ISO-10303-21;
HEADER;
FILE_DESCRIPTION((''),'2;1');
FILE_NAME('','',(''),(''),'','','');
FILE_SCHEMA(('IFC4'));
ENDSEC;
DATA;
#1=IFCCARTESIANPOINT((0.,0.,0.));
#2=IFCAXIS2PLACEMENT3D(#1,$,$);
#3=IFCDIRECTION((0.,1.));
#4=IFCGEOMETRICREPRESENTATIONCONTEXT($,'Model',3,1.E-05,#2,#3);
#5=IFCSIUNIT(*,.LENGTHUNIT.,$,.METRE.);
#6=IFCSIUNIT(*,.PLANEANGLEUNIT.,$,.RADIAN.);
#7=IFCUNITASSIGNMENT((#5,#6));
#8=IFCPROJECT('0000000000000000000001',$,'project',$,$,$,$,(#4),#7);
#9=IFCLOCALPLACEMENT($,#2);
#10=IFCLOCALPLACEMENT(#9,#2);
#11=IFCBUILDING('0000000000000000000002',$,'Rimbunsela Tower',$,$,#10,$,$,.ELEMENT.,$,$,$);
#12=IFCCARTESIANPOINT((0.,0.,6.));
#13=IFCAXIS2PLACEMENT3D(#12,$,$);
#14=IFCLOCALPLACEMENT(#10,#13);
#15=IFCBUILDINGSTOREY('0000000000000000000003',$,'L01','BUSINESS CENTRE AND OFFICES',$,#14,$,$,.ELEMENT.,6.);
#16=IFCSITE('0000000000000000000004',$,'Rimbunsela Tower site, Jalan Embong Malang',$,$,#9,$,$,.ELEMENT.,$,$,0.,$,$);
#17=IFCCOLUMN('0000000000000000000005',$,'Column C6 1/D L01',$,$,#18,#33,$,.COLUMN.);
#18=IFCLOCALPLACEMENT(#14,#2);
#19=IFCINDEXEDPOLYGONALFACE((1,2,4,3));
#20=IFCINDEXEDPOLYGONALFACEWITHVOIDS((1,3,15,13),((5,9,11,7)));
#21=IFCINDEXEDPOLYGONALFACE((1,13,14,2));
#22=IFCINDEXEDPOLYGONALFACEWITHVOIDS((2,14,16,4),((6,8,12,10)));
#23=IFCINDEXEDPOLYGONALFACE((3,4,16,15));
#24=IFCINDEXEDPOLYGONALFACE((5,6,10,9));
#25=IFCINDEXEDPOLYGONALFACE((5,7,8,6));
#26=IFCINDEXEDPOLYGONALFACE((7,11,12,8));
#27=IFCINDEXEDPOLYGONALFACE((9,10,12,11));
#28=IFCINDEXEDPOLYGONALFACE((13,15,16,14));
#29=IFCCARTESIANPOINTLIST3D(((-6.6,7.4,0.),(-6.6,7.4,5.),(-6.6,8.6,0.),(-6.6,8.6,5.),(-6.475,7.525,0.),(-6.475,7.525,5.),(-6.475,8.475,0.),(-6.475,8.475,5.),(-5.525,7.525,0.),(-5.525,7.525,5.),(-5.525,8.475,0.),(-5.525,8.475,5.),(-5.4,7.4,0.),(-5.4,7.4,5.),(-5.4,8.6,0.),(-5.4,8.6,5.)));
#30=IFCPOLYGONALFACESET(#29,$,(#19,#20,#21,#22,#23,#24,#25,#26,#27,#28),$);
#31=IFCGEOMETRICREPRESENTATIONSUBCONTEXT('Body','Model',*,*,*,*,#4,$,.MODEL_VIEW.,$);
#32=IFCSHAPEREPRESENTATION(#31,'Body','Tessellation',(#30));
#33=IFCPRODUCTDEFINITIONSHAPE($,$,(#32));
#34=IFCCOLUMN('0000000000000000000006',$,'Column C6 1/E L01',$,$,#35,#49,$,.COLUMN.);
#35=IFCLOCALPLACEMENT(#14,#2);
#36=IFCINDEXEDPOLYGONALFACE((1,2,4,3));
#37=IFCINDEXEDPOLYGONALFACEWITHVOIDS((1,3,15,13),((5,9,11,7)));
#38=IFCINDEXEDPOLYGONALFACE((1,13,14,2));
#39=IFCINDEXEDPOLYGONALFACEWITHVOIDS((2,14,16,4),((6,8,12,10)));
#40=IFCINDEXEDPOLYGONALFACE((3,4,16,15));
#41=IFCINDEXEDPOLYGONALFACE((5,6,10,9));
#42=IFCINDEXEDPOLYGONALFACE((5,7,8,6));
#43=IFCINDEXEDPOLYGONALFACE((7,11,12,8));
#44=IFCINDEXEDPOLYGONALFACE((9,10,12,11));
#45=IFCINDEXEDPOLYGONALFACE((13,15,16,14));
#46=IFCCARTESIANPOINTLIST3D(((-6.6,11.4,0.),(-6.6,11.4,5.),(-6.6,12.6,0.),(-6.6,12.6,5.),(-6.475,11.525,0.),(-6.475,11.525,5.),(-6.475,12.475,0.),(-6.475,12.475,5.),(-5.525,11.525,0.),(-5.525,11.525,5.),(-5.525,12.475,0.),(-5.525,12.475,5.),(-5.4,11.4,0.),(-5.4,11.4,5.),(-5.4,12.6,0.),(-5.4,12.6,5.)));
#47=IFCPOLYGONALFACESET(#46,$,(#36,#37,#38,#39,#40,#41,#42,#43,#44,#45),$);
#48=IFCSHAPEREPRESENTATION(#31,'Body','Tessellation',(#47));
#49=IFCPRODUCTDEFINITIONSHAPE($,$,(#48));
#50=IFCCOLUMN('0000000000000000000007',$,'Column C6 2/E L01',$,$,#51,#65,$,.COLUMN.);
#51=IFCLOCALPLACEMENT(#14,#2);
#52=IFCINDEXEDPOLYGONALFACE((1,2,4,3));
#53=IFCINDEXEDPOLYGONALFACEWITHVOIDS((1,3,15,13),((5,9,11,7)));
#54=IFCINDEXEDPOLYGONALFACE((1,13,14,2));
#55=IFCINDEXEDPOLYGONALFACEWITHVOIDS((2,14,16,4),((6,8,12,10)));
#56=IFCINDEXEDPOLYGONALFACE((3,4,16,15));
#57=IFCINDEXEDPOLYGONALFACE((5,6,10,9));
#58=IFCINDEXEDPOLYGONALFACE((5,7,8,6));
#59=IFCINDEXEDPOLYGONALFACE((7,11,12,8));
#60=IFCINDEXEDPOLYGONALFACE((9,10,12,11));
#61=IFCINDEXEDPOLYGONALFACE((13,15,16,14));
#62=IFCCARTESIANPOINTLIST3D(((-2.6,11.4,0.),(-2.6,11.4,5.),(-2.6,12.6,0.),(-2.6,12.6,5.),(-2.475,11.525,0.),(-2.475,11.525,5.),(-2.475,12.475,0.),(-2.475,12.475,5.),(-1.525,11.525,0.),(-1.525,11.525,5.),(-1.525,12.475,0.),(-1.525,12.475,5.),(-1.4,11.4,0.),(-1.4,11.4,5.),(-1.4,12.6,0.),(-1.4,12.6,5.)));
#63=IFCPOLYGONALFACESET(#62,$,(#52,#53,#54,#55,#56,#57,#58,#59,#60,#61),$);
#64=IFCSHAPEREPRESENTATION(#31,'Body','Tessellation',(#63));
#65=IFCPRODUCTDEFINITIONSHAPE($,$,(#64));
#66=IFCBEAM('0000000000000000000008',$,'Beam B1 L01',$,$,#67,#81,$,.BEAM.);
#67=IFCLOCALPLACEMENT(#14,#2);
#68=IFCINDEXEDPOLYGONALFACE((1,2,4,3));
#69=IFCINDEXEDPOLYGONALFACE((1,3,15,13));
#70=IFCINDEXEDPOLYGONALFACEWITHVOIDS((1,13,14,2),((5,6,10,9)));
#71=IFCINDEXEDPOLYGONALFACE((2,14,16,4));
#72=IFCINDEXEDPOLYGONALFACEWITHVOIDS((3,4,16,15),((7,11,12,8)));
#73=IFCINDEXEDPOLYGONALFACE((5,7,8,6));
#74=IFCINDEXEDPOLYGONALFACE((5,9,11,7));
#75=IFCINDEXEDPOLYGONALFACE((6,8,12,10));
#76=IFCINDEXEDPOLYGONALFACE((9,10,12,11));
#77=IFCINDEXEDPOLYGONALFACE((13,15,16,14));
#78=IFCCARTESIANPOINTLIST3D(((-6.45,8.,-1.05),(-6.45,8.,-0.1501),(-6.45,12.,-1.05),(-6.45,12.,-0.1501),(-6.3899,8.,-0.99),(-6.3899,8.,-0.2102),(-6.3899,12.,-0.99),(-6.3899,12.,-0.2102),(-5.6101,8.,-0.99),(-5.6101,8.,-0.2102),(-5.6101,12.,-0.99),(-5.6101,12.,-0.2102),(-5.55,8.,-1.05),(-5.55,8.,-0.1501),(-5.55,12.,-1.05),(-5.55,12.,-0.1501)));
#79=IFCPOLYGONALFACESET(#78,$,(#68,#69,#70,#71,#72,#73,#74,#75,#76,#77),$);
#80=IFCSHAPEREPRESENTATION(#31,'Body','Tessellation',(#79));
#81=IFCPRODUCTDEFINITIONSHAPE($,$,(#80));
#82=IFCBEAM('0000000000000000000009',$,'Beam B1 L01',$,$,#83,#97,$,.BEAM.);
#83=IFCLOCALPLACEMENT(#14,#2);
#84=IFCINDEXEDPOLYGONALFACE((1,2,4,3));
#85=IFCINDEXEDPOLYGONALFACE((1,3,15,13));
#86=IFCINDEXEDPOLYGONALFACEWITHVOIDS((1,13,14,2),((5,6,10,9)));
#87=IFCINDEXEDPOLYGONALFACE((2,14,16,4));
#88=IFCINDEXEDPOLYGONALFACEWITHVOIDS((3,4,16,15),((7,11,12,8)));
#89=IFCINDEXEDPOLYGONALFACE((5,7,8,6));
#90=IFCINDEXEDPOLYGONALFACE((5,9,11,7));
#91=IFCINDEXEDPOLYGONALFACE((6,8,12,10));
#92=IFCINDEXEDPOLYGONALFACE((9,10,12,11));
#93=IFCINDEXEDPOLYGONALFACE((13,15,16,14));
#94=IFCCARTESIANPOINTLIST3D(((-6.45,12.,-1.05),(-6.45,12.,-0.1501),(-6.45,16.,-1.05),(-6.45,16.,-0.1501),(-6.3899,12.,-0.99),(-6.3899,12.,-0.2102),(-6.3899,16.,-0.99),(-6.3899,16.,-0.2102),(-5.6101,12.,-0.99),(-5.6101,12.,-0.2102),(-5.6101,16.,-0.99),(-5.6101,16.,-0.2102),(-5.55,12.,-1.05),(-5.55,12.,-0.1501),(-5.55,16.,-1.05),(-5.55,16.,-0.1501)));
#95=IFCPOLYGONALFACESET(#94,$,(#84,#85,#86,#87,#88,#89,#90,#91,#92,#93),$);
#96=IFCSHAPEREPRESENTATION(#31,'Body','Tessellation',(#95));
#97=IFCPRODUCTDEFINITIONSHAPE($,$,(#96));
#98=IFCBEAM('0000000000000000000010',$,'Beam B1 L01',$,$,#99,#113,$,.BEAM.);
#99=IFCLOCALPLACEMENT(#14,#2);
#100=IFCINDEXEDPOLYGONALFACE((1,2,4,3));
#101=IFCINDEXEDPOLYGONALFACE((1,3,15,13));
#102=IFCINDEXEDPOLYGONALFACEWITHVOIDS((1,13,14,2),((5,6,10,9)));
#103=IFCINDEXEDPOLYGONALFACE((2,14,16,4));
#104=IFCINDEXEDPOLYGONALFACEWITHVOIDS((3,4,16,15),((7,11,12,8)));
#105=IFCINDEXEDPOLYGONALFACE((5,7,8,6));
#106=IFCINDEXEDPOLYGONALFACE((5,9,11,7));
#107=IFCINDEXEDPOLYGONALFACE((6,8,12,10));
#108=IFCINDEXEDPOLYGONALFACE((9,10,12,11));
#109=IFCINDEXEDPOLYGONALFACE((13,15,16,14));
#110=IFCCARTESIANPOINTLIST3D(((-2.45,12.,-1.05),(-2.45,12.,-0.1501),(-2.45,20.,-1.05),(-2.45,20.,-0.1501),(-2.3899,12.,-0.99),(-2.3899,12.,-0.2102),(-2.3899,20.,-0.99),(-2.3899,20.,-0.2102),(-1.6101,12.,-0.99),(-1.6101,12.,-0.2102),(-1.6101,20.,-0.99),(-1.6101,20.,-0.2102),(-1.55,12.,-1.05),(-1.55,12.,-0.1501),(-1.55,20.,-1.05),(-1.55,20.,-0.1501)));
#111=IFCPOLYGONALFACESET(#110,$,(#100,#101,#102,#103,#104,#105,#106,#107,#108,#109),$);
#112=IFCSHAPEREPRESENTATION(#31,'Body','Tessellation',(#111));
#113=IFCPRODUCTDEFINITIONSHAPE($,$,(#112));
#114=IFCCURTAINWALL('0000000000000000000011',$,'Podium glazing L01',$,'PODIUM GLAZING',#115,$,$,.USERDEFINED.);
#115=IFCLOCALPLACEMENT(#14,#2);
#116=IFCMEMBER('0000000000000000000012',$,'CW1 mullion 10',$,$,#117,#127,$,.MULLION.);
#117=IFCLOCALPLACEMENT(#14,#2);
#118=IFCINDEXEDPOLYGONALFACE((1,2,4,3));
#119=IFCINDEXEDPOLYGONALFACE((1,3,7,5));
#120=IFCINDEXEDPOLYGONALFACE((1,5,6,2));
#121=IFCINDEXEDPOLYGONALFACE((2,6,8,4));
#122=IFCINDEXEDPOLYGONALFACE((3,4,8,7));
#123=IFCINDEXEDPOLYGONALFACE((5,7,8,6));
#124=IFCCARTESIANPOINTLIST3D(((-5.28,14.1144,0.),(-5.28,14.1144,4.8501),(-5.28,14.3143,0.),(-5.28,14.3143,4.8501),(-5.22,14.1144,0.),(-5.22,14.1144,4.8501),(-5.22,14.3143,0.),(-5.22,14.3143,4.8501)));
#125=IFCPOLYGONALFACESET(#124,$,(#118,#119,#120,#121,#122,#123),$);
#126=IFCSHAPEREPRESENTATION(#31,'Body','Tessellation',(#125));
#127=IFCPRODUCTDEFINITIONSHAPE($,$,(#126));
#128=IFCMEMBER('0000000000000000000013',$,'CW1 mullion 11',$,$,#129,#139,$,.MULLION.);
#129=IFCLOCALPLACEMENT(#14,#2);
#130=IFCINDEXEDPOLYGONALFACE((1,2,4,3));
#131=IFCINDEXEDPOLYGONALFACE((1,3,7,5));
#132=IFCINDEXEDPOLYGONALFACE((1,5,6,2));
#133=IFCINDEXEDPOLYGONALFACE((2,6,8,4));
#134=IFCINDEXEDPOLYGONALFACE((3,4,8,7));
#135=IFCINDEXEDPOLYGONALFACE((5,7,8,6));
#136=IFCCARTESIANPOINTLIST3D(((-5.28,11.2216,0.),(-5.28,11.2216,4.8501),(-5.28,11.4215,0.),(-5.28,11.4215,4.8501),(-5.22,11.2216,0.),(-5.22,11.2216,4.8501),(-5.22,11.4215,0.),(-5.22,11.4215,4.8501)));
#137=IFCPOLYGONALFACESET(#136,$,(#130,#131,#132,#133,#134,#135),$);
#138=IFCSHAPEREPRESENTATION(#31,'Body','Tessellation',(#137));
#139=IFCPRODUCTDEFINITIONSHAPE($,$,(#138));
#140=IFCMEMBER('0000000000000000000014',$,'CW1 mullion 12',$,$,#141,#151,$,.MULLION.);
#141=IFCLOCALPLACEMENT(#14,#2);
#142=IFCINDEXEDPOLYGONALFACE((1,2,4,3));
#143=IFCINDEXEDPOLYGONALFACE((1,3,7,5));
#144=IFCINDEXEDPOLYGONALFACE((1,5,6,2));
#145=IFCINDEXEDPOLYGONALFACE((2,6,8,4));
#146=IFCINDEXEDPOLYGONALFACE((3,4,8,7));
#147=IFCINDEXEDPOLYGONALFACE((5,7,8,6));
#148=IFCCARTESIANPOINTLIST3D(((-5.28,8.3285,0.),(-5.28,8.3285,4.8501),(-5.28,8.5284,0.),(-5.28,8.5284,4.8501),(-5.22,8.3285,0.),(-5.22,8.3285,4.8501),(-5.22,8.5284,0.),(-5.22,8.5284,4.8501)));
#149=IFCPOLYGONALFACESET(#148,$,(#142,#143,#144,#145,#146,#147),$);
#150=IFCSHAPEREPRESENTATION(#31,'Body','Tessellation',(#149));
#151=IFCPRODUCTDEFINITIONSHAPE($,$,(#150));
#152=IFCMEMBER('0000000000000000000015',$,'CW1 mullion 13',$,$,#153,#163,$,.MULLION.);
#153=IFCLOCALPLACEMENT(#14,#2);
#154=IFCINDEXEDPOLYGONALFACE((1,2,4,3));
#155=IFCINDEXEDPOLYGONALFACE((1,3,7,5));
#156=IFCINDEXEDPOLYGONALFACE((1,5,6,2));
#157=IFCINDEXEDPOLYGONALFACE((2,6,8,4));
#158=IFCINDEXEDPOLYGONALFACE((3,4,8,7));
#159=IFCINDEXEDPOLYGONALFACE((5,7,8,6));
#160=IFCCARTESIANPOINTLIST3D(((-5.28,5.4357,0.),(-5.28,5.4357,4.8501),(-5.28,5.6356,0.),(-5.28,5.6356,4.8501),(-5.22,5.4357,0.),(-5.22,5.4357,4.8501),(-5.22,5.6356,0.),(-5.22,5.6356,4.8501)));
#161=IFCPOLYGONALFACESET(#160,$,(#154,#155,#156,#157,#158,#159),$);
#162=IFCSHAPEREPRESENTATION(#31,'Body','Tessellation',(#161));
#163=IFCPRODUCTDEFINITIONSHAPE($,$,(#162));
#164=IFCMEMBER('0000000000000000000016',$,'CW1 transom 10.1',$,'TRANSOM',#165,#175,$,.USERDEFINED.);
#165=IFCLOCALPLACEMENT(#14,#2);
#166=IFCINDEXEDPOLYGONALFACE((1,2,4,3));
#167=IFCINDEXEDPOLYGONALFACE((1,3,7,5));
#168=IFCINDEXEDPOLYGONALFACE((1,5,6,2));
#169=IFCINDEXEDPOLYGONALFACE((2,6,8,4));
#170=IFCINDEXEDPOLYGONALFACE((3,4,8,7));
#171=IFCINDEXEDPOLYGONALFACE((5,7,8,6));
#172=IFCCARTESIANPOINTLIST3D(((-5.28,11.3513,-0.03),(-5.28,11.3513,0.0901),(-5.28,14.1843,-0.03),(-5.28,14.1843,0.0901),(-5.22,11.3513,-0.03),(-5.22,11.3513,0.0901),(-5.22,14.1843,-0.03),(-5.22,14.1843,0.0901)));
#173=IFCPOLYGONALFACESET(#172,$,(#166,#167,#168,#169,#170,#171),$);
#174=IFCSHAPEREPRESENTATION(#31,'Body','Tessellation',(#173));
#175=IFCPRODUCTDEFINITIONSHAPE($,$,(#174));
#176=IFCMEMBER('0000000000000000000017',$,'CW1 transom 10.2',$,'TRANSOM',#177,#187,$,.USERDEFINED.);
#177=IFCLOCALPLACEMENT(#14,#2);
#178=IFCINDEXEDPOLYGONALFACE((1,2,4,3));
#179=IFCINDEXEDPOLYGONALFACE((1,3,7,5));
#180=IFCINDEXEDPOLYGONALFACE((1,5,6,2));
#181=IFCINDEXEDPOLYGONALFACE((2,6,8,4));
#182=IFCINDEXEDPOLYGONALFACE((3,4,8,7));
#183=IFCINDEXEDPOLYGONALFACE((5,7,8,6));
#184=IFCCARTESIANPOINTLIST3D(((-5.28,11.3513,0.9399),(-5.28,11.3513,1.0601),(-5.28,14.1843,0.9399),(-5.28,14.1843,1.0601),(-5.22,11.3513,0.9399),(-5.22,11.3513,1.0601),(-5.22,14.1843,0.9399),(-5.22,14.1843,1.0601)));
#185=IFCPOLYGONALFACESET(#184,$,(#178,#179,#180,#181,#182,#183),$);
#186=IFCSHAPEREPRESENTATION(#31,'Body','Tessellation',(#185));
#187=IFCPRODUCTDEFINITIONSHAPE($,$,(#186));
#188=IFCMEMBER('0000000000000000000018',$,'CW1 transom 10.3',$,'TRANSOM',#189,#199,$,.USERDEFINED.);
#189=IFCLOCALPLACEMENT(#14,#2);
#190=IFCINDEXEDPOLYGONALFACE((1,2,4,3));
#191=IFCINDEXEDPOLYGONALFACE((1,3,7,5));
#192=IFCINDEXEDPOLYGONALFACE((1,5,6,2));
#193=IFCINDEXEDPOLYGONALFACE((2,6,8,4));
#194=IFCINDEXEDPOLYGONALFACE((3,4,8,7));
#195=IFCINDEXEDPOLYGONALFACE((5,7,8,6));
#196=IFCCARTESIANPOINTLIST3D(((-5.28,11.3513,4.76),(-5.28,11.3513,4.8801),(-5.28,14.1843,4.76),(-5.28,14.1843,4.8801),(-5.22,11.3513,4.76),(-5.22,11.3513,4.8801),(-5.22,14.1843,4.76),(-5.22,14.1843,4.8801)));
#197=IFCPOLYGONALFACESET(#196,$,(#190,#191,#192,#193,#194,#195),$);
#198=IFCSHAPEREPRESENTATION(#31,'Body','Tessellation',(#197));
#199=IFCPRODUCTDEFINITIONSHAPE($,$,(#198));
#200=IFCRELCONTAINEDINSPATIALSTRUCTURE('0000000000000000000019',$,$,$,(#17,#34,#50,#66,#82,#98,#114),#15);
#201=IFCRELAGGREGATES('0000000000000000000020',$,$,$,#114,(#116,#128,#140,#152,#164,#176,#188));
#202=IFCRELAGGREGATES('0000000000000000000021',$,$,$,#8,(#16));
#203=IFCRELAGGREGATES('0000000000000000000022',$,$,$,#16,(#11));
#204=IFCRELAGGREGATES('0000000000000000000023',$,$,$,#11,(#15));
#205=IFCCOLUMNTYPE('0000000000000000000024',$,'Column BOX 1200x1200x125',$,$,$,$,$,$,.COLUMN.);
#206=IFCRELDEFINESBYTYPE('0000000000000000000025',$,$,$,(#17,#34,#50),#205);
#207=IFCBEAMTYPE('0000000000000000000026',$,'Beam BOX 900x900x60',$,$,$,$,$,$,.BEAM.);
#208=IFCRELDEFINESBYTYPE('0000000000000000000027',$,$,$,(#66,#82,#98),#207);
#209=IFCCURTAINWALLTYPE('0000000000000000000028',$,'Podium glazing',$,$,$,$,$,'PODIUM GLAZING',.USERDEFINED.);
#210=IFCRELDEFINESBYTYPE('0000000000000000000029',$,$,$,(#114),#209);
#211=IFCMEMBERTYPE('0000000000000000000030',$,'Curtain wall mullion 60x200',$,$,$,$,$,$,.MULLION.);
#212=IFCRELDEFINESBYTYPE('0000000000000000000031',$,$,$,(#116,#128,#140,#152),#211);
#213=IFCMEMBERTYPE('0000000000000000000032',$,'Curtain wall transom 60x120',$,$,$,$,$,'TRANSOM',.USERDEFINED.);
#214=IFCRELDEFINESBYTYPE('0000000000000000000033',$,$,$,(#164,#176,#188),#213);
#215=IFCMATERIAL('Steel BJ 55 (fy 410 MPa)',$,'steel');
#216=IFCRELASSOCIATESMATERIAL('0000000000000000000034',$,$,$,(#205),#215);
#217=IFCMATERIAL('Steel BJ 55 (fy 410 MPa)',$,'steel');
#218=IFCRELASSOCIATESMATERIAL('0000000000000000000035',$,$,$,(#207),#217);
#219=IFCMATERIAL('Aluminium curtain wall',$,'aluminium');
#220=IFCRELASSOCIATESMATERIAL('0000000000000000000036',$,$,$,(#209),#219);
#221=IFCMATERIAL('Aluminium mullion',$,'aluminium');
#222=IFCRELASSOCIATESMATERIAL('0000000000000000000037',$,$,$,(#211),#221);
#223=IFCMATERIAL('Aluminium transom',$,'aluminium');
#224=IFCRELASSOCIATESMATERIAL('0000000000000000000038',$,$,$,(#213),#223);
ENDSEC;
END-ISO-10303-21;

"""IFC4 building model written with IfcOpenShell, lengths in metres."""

from ifc_helpers import new_model, si_unit, direction, frame, origin, origin_2d, place, context, subcontext, project, spatial, rectangle, hollow_rectangle, extrude, material, material_profile, profile_set, type_object, element, aggregate, save


model = new_model("IFC4")

# Units and contexts
model_context = context("Model", 3, precision=1e-05, world=origin(), true_north=direction((0.0, 1.0)))
body_context = subcontext(model_context, "Body", "Model", "MODEL_VIEW")
ifc_project = project(units=[si_unit("LENGTHUNIT", "METRE"), si_unit("PLANEANGLEUNIT", "RADIAN")], contexts=[model_context])

# Site, building, storey
site_placement = place(None, origin())
site = spatial("IfcSite", under=ifc_project, at=site_placement, Name="Rimbunsela Tower site, Jalan Embong Malang", CompositionType="ELEMENT", RefElevation=0.0)
building_placement = place(site_placement, origin())
building = spatial("IfcBuilding", under=site, at=building_placement, Name="Rimbunsela Tower", CompositionType="ELEMENT")
storey_placement = place(building_placement, frame((0.0, 0.0, 6.0)))
storey = spatial("IfcBuildingStorey", under=building, at=storey_placement, Name="L01", Description="BUSINESS CENTRE AND OFFICES", CompositionType="ELEMENT", Elevation=6.0)

# Columns
ifc_material_1 = material(Name="Steel BJ 55 (fy 410 MPa)", Category="steel")
ifc_material_profile_1 = material_profile(ifc_material_1, hollow_rectangle(XDim=1.2, YDim=1.2, WallThickness=0.125, at=origin_2d()), Name="BOX 1200x1200x125")
ifc_profile_set_1 = profile_set([ifc_material_profile_1], Name="Steel BJ 55 (fy 410 MPa)")
column_type = type_object("IfcColumnType", Name="Column BOX 1200x1200x125", PredefinedType="COLUMN", material=ifc_profile_set_1)
for number, where, z_axis, x_axis, name in (
    (1, (-6.0, 8.0, 0.0), (0.0, 0.0, 1.0), (1.0, 0.0, 0.0), "Column C6 1/D L01"),
    (2, (-6.0, 12.0, 0.0), (0.0, 0.0, 1.0), (1.0, 0.0, 0.0), "Column C6 1/E L01"),
    (3, (-2.0, 12.0, 0.0), (0.0, 0.0, 1.0), (1.0, 0.0, 0.0), "Column C6 2/E L01"),
):
    element("IfcColumn", number, at=place(storey_placement, frame(where, z_axis=z_axis, x_axis=x_axis)), inside=storey, type_object=column_type, Name=name, PredefinedType="COLUMN", context=body_context, shape_type="SweptSolid", body=[
        extrude(hollow_rectangle(XDim=1.2, YDim=1.2, WallThickness=0.125, at=origin_2d()), origin(), (0.0, 0.0, 1.0), 5.0),
    ])

# Beams
ifc_material_2 = material(Name="Steel BJ 55 (fy 410 MPa)", Category="steel")
ifc_material_profile_2 = material_profile(ifc_material_2, hollow_rectangle(XDim=0.8999, YDim=0.8999, WallThickness=0.0601, at=origin_2d()), Name="BOX 900x900x60")
ifc_profile_set_2 = profile_set([ifc_material_profile_2], Name="Steel BJ 55 (fy 410 MPa)")
beam_type = type_object("IfcBeamType", Name="Beam BOX 900x900x60", PredefinedType="BEAM", material=ifc_profile_set_2)
for number, where, z_axis, x_axis, name in (
    (4, (-6.0, 8.0, -0.6001), (0.0, 1.0, 0.0), (-1.0, 0.0, 0.0), "Beam B1 L01"),
    (5, (-6.0, 12.0, -0.6001), (0.0, 1.0, 0.0), (-1.0, 0.0, 0.0), "Beam B1 L01"),
):
    element("IfcBeam", number, at=place(storey_placement, frame(where, z_axis=z_axis, x_axis=x_axis)), inside=storey, type_object=beam_type, Name=name, PredefinedType="BEAM", context=body_context, shape_type="SweptSolid", body=[
        extrude(hollow_rectangle(XDim=0.8999, YDim=0.8999, WallThickness=0.0601, at=origin_2d()), origin(), (0.0, 0.0, 1.0), 4.0),
    ])
beam_placement = place(storey_placement, frame((-2.0, 12.0, -0.6001), z_axis=(0.0, 1.0, 0.0), x_axis=(-1.0, 0.0, 0.0)))
element("IfcBeam", 6, at=beam_placement, inside=storey, type_object=beam_type, Name="Beam B1 L01", PredefinedType="BEAM", context=body_context, shape_type="SweptSolid", body=[
    extrude(hollow_rectangle(XDim=0.8999, YDim=0.8999, WallThickness=0.0601, at=origin_2d()), origin(), (0.0, 0.0, 1.0), 8.0),
])

# Curtain wall, members
ifc_material_3 = material(Name="Aluminium curtain wall", Category="aluminium")
curtain_wall_type = type_object("IfcCurtainWallType", Name="Podium glazing", ElementType="PODIUM GLAZING", PredefinedType="USERDEFINED", material=ifc_material_3)
curtain_wall_placement = place(storey_placement, origin())
curtain_wall = element("IfcCurtainWall", 7, at=curtain_wall_placement, inside=storey, type_object=curtain_wall_type, Name="Podium glazing L01", ObjectType="PODIUM GLAZING", PredefinedType="USERDEFINED")
ifc_material_4 = material(Name="Aluminium mullion", Category="aluminium")
ifc_material_profile_3 = material_profile(ifc_material_4, rectangle(XDim=0.0601, YDim=0.2, at=origin_2d()), Name="Mullion 60x200")
ifc_profile_set_3 = profile_set([ifc_material_profile_3], Name="Aluminium mullion")
member_type_1 = type_object("IfcMemberType", Name="Curtain wall mullion 60x200", PredefinedType="MULLION", material=ifc_profile_set_3)
member_1_placement = place(storey_placement, frame((-5.25, 14.2144, 0.0), z_axis=(0.0, 0.0, 1.0), x_axis=(1.0, 0.0, 0.0)))
member_1 = element("IfcMember", 8, at=member_1_placement, type_object=member_type_1, Name="CW1 mullion 10", PredefinedType="MULLION", context=body_context, shape_type="SweptSolid", body=[
    extrude(rectangle(XDim=0.0601, YDim=0.2, at=origin_2d()), origin(), (0.0, 0.0, 1.0), 4.8501),
])
member_2_placement = place(storey_placement, frame((-5.25, 11.3215, 0.0), z_axis=(0.0, 0.0, 1.0), x_axis=(1.0, 0.0, 0.0)))
member_2 = element("IfcMember", 9, at=member_2_placement, type_object=member_type_1, Name="CW1 mullion 11", PredefinedType="MULLION", context=body_context, shape_type="SweptSolid", body=[
    extrude(rectangle(XDim=0.0601, YDim=0.2, at=origin_2d()), origin(), (0.0, 0.0, 1.0), 4.8501),
])
member_3_placement = place(storey_placement, frame((-5.25, 8.4285, 0.0), z_axis=(0.0, 0.0, 1.0), x_axis=(1.0, 0.0, 0.0)))
member_3 = element("IfcMember", 10, at=member_3_placement, type_object=member_type_1, Name="CW1 mullion 12", PredefinedType="MULLION", context=body_context, shape_type="SweptSolid", body=[
    extrude(rectangle(XDim=0.0601, YDim=0.2, at=origin_2d()), origin(), (0.0, 0.0, 1.0), 4.8501),
])
member_4_placement = place(storey_placement, frame((-5.25, 5.5356, 0.0), z_axis=(0.0, 0.0, 1.0), x_axis=(1.0, 0.0, 0.0)))
member_4 = element("IfcMember", 11, at=member_4_placement, type_object=member_type_1, Name="CW1 mullion 13", PredefinedType="MULLION", context=body_context, shape_type="SweptSolid", body=[
    extrude(rectangle(XDim=0.0601, YDim=0.2, at=origin_2d()), origin(), (0.0, 0.0, 1.0), 4.8501),
])
ifc_material_5 = material(Name="Aluminium transom", Category="aluminium")
ifc_material_profile_4 = material_profile(ifc_material_5, rectangle(XDim=0.0601, YDim=0.1201, at=origin_2d()), Name="Transom 60x120")
ifc_profile_set_4 = profile_set([ifc_material_profile_4], Name="Aluminium transom")
member_type_2 = type_object("IfcMemberType", Name="Curtain wall transom 60x120", ElementType="TRANSOM", PredefinedType="USERDEFINED", material=ifc_profile_set_4)
member_5_placement = place(storey_placement, frame((-5.25, 14.1843, 0.03), z_axis=(0.0, -1.0, 0.0), x_axis=(1.0, 0.0, 0.0)))
member_5 = element("IfcMember", 12, at=member_5_placement, type_object=member_type_2, Name="CW1 transom 10.1", ObjectType="TRANSOM", PredefinedType="USERDEFINED", context=body_context, shape_type="SweptSolid", body=[
    extrude(rectangle(XDim=0.0601, YDim=0.1201, at=origin_2d()), origin(), (0.0, 0.0, 1.0), 2.833),
])
member_6_placement = place(storey_placement, frame((-5.25, 14.1843, 1.0), z_axis=(0.0, -1.0, 0.0), x_axis=(1.0, 0.0, 0.0)))
member_6 = element("IfcMember", 13, at=member_6_placement, type_object=member_type_2, Name="CW1 transom 10.2", ObjectType="TRANSOM", PredefinedType="USERDEFINED", context=body_context, shape_type="SweptSolid", body=[
    extrude(rectangle(XDim=0.0601, YDim=0.1201, at=origin_2d()), origin(), (0.0, 0.0, 1.0), 2.833),
])
member_7_placement = place(storey_placement, frame((-5.25, 14.1843, 4.8201), z_axis=(0.0, -1.0, 0.0), x_axis=(1.0, 0.0, 0.0)))
member_7 = element("IfcMember", 14, at=member_7_placement, type_object=member_type_2, Name="CW1 transom 10.3", ObjectType="TRANSOM", PredefinedType="USERDEFINED", context=body_context, shape_type="SweptSolid", body=[
    extrude(rectangle(XDim=0.0601, YDim=0.1201, at=origin_2d()), origin(), (0.0, 0.0, 1.0), 2.833),
])
aggregate(curtain_wall, [member_1, member_2, member_3, member_4, member_5, member_6, member_7])

save(model, "model.ifc")
